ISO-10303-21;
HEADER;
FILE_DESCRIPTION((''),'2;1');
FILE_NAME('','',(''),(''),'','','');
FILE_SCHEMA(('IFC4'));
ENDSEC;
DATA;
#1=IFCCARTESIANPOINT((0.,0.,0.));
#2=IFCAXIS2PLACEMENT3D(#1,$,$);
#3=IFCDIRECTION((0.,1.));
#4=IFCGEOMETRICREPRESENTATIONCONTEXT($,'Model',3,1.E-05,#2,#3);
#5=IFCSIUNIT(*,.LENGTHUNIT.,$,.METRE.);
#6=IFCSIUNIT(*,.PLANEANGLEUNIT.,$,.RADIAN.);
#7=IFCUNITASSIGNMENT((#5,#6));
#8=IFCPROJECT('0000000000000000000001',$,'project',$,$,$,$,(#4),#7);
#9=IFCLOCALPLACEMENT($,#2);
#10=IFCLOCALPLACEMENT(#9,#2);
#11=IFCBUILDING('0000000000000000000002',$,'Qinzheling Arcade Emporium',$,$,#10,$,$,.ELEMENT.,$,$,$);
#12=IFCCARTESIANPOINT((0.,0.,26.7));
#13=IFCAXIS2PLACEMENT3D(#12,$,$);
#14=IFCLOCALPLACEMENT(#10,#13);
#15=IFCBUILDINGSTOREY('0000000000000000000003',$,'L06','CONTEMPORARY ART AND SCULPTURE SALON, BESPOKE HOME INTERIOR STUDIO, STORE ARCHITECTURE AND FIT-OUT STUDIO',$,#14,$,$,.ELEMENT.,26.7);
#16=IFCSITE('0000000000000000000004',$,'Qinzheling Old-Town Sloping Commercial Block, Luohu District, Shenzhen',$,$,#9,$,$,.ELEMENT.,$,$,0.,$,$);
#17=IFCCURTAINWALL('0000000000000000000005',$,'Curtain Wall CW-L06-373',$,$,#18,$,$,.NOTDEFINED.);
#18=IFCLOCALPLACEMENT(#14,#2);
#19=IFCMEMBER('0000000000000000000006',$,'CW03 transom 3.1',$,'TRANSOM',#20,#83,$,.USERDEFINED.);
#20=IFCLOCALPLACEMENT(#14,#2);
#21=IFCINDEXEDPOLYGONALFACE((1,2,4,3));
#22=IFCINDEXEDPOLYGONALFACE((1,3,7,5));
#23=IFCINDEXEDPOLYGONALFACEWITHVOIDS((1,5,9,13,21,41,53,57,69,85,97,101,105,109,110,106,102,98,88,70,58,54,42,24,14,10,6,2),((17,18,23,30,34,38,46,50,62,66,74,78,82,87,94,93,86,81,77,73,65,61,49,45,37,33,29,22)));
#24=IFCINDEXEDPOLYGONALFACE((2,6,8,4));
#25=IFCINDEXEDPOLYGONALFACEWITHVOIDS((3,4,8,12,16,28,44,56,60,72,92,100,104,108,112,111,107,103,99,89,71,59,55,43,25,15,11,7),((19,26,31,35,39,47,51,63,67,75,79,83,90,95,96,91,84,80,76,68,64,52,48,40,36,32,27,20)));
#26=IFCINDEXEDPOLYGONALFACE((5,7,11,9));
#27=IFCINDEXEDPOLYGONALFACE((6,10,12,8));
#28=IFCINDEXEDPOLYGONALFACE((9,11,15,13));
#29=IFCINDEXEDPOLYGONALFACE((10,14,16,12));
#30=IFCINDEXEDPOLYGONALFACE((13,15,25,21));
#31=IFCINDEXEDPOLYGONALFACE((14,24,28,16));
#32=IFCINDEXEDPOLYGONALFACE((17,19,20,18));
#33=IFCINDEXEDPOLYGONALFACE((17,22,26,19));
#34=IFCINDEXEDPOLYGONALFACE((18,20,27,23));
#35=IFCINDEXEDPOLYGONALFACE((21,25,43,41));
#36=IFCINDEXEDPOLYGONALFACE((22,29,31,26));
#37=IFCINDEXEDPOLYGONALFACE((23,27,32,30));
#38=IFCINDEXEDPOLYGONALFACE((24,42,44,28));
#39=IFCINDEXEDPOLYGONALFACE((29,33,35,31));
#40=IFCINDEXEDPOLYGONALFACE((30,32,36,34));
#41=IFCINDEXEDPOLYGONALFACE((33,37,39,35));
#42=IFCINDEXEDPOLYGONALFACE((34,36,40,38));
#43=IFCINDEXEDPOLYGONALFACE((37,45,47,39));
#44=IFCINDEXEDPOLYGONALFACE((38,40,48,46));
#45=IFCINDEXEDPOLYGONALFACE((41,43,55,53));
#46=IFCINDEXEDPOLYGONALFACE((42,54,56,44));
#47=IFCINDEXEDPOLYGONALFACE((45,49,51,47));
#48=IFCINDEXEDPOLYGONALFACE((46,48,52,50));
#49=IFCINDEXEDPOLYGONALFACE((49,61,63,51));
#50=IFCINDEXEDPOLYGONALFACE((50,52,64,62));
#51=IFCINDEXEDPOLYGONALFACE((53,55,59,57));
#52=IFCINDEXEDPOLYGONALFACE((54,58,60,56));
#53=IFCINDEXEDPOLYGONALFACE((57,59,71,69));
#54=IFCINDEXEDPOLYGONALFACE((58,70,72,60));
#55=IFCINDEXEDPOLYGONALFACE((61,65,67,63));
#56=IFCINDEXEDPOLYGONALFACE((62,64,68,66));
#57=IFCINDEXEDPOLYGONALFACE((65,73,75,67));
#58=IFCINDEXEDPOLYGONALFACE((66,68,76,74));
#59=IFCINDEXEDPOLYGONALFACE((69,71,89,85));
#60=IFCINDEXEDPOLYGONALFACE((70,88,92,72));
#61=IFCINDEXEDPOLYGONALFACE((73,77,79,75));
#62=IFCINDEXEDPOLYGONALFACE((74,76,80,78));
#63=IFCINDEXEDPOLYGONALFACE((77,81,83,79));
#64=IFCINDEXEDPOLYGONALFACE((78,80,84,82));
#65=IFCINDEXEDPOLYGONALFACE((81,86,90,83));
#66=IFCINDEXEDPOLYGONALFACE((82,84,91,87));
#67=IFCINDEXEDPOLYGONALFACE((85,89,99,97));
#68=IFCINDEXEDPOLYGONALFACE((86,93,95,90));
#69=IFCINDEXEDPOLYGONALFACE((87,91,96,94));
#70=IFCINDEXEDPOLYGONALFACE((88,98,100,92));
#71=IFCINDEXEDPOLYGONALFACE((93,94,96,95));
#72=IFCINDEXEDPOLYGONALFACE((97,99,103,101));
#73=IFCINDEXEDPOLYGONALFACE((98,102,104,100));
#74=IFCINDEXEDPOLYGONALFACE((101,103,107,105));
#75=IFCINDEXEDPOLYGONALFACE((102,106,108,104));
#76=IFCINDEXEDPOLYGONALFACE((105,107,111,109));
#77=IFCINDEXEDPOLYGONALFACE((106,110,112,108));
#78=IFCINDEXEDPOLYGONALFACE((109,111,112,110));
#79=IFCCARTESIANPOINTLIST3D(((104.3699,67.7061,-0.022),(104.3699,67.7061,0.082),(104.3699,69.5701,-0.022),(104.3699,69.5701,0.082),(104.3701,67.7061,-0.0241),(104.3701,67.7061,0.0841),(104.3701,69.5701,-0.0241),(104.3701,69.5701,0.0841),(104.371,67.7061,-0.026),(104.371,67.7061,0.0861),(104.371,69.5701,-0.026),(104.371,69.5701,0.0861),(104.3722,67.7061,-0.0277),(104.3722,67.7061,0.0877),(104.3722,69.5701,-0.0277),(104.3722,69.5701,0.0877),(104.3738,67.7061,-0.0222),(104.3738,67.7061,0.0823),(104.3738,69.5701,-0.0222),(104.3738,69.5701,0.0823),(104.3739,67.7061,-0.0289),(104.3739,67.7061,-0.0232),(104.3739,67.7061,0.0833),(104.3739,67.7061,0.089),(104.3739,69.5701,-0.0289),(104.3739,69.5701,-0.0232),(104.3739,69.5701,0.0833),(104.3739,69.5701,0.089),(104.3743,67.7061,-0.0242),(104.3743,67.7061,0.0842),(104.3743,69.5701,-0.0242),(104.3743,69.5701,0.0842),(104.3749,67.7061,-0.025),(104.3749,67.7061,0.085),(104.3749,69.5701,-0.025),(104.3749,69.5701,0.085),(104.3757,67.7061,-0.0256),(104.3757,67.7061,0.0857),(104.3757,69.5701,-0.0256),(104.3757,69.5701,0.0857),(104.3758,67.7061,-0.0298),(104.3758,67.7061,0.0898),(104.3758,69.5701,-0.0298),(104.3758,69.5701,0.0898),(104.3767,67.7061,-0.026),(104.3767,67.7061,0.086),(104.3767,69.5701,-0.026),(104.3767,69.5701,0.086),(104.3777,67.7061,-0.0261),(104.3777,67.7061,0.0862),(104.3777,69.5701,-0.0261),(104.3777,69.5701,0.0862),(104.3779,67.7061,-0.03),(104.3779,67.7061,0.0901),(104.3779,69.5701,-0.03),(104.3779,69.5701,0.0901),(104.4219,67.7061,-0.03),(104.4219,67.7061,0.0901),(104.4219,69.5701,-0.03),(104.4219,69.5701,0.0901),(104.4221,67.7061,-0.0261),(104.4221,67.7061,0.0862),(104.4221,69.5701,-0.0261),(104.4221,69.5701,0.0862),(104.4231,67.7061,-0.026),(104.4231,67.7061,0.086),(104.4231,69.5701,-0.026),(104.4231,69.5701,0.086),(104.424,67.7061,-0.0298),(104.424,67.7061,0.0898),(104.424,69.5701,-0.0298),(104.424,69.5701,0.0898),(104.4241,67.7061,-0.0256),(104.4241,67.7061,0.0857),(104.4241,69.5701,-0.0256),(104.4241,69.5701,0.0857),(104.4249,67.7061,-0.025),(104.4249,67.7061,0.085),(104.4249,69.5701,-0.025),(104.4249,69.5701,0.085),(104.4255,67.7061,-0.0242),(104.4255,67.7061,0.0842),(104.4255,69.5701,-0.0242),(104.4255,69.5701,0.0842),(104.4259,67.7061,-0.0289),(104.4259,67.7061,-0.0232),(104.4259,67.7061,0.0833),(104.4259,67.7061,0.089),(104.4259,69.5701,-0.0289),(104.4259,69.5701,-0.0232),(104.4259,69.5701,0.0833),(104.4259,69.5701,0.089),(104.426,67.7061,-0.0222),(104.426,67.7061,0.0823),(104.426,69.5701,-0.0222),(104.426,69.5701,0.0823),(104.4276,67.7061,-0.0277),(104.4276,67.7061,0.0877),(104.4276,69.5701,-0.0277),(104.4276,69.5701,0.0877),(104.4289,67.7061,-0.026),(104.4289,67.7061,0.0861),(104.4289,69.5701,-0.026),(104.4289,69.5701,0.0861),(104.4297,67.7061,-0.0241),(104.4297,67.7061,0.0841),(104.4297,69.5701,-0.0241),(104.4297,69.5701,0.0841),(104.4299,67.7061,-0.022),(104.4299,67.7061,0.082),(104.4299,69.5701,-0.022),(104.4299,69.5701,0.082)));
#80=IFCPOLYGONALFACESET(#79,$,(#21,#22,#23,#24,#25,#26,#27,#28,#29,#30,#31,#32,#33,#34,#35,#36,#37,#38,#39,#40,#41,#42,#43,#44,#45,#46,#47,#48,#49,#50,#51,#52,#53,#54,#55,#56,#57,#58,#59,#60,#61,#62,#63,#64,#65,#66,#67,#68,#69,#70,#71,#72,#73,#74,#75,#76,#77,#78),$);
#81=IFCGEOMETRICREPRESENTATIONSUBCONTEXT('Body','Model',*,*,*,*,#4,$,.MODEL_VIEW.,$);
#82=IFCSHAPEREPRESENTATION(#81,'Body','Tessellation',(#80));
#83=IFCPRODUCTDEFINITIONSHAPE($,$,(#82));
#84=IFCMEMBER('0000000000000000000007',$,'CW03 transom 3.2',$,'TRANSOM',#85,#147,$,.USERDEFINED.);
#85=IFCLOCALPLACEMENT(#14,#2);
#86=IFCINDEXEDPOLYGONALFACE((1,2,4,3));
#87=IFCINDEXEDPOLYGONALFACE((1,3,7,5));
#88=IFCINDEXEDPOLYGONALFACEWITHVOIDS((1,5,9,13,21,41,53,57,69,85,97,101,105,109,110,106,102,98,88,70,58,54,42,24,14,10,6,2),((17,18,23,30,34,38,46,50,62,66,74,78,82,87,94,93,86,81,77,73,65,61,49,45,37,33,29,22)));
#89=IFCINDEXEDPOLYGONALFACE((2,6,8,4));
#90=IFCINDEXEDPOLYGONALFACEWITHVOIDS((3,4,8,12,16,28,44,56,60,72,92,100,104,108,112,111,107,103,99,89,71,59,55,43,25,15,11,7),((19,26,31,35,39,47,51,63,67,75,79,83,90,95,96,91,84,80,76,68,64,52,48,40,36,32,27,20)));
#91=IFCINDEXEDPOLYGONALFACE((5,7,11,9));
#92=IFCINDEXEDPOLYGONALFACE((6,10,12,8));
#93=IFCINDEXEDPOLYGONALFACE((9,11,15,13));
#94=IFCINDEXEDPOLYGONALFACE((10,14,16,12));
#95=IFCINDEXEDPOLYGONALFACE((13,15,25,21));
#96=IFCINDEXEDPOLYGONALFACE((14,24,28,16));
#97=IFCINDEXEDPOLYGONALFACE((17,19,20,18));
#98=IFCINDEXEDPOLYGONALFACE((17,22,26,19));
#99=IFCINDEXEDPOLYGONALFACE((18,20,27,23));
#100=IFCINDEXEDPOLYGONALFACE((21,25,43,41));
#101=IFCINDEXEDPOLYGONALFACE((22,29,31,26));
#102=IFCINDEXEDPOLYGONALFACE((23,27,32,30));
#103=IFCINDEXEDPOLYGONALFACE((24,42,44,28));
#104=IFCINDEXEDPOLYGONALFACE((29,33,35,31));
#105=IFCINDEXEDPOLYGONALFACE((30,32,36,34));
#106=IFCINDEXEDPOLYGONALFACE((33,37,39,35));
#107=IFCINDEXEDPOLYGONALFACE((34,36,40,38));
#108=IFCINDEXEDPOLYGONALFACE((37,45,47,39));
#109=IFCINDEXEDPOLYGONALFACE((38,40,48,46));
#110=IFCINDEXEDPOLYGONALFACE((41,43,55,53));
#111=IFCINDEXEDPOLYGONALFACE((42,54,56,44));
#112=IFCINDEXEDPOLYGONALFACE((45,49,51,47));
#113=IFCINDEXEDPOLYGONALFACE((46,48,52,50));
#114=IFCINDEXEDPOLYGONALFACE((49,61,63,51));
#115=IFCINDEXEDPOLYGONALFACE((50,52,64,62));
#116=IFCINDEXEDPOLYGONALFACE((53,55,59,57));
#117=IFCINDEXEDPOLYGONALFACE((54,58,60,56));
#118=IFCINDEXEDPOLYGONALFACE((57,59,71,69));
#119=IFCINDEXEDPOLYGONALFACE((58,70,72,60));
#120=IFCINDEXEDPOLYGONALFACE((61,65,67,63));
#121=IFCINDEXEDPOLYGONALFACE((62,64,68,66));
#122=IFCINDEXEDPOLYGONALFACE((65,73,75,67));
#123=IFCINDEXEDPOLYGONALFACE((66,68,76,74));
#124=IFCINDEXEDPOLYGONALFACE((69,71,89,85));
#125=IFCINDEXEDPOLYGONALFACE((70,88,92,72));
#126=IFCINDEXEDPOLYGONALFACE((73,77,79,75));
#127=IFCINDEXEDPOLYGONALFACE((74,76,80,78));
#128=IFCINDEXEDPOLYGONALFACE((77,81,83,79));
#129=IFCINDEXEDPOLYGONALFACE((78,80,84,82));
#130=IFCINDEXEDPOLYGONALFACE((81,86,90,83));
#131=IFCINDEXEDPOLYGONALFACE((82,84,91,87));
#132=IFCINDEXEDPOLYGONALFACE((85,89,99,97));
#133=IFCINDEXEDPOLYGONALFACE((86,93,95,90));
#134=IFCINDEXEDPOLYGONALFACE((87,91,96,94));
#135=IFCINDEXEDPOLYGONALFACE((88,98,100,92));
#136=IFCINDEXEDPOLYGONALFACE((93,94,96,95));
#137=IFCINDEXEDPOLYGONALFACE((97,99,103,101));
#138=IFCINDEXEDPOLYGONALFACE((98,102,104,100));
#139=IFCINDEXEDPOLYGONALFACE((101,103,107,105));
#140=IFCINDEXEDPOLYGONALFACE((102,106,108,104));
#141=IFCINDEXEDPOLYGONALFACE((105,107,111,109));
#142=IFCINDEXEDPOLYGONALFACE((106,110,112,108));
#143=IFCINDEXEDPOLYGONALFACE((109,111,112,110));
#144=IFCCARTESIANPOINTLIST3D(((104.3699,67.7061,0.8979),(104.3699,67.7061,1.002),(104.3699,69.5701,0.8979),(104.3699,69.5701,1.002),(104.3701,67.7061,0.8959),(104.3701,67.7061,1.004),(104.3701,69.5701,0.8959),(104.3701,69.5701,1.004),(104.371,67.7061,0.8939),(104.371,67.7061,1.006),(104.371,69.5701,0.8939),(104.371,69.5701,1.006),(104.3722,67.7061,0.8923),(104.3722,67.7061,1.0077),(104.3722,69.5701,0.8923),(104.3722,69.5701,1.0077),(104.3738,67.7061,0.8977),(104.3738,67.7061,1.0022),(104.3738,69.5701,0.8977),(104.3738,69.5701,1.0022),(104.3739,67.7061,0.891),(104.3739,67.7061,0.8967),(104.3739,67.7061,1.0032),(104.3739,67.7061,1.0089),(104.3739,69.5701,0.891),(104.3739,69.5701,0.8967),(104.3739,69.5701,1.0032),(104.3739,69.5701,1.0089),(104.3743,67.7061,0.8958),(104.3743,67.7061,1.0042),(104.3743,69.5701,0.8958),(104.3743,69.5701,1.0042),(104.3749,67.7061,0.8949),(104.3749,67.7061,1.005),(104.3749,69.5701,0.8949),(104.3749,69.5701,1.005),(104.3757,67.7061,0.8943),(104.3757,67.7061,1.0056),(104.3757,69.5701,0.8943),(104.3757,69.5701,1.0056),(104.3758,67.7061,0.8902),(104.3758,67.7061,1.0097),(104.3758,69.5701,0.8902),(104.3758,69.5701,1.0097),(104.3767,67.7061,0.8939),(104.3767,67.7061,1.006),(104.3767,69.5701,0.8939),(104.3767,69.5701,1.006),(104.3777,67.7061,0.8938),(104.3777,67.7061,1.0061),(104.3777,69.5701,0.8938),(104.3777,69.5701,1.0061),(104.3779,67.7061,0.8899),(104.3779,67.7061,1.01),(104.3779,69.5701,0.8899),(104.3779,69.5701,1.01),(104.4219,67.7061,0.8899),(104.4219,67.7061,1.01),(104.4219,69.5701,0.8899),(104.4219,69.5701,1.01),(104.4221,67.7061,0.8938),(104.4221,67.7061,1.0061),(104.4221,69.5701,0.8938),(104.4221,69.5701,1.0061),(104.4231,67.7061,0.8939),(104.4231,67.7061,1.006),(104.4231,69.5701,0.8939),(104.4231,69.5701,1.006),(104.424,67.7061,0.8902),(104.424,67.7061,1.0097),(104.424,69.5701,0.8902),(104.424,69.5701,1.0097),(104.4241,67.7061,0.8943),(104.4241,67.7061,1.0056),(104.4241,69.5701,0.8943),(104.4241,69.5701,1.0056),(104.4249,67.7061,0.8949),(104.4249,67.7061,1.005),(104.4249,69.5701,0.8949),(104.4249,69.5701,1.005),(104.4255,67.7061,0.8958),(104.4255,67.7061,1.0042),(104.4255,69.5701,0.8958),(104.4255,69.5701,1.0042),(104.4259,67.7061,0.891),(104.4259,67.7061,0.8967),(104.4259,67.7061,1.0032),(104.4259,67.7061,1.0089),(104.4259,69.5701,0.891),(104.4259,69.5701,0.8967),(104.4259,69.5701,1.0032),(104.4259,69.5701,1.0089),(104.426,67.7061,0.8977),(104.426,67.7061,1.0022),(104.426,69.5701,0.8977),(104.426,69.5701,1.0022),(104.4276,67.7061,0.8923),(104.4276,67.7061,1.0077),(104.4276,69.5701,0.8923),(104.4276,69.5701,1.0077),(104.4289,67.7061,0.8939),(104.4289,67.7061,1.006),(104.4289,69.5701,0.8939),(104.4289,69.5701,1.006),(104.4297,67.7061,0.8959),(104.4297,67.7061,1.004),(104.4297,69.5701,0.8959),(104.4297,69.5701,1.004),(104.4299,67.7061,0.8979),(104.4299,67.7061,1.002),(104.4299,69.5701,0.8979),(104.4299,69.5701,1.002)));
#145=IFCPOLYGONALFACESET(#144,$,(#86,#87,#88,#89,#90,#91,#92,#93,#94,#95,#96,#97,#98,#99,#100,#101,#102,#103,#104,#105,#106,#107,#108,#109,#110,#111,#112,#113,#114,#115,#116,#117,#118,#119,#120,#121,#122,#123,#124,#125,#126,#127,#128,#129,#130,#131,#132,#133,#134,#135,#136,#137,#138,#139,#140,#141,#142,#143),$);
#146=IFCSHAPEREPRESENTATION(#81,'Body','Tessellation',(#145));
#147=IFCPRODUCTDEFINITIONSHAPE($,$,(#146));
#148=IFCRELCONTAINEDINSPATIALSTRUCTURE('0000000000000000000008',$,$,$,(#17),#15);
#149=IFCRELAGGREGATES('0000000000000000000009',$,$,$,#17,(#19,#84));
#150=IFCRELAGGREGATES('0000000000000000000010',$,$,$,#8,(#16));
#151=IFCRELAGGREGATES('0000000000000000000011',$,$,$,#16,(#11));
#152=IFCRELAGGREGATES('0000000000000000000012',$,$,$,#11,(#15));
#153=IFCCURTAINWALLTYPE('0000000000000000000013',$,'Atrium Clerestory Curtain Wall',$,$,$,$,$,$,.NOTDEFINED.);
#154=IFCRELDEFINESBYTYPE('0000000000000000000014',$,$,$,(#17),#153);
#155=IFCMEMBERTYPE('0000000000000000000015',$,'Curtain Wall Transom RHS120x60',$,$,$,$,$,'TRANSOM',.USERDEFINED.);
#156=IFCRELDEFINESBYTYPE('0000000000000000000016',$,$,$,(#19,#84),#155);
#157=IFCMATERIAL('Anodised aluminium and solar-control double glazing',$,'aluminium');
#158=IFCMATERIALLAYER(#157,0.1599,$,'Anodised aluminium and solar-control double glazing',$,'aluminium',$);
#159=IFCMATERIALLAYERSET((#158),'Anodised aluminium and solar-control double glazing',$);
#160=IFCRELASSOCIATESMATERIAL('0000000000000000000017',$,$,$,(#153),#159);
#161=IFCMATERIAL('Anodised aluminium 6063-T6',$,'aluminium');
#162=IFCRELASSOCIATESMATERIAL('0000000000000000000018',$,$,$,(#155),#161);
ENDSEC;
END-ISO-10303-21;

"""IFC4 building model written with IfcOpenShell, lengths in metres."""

from ifc_helpers import new_model, si_unit, direction, frame, origin, origin_2d, place, context, subcontext, project, spatial, hollow_rectangle, extrude, material, layer, layer_set, material_profile, profile_set, type_object, element, aggregate, save


model = new_model("IFC4")

# Units and contexts
model_context = context("Model", 3, precision=1e-05, world=origin(), true_north=direction((0.0, 1.0)))
body_context = subcontext(model_context, "Body", "Model", "MODEL_VIEW")
ifc_project = project(units=[si_unit("LENGTHUNIT", "METRE"), si_unit("PLANEANGLEUNIT", "RADIAN")], contexts=[model_context])

# Site, building, storey
site_placement = place(None, origin())
site = spatial("IfcSite", under=ifc_project, at=site_placement, Name="Qinzheling Old-Town Sloping Commercial Block, Luohu District, Shenzhen", CompositionType="ELEMENT", RefElevation=0.0)
building_placement = place(site_placement, origin())
building = spatial("IfcBuilding", under=site, at=building_placement, Name="Qinzheling Arcade Emporium", CompositionType="ELEMENT")
storey_placement = place(building_placement, frame((0.0, 0.0, 26.7)))
storey = spatial("IfcBuildingStorey", under=building, at=storey_placement, Name="L06", Description="CONTEMPORARY ART AND SCULPTURE SALON, BESPOKE HOME INTERIOR STUDIO, STORE ARCHITECTURE AND FIT-OUT STUDIO", CompositionType="ELEMENT", Elevation=26.7)

# Curtain wall, members
ifc_material_1 = material(Name="Anodised aluminium and solar-control double glazing", Category="aluminium")
ifc_layer_1 = layer(ifc_material_1, 0.1599, Name="Anodised aluminium and solar-control double glazing", Category="aluminium")
ifc_layer_set_1 = layer_set([ifc_layer_1], Name="Anodised aluminium and solar-control double glazing")
curtain_wall_type = type_object("IfcCurtainWallType", Name="Atrium Clerestory Curtain Wall", PredefinedType="NOTDEFINED", material=ifc_layer_set_1)
curtain_wall_placement = place(storey_placement, origin())
curtain_wall = element("IfcCurtainWall", 1, at=curtain_wall_placement, inside=storey, type_object=curtain_wall_type, Name="Curtain Wall CW-L06-373", PredefinedType="NOTDEFINED")
ifc_material_2 = material(Name="Anodised aluminium 6063-T6", Category="aluminium")
ifc_material_profile_1 = material_profile(ifc_material_2, hollow_rectangle(XDim=0.0601, YDim=0.1201, WallThickness=0.0039, InnerFilletRadius=0.0039, OuterFilletRadius=0.0081, at=origin_2d()), Name="RHS 120x60x4", Category="aluminium")
ifc_profile_set_1 = profile_set([ifc_material_profile_1], Name="Anodised aluminium 6063-T6")
member_type_1 = type_object("IfcMemberType", Name="Curtain Wall Transom RHS120x60", ElementType="TRANSOM", PredefinedType="USERDEFINED", material=ifc_profile_set_1)
member_1_placement = place(storey_placement, frame((104.3999, 69.5701, 0.03), z_axis=(0.0, -1.0, 0.0), x_axis=(1.0, 0.0, 0.0)))
member_1 = element("IfcMember", 2, at=member_1_placement, type_object=member_type_1, Name="CW03 transom 3.1", ObjectType="TRANSOM", PredefinedType="USERDEFINED", context=body_context, shape_type="SweptSolid", body=[
    extrude(hollow_rectangle(XDim=0.0601, YDim=0.1201, WallThickness=0.0039, InnerFilletRadius=0.0039, OuterFilletRadius=0.0081, at=origin_2d()), origin(), (0.0, 0.0, 1.0), 1.864),
])
member_2_placement = place(storey_placement, frame((104.3999, 69.5701, 0.95), z_axis=(0.0, -1.0, 0.0), x_axis=(1.0, 0.0, 0.0)))
member_2 = element("IfcMember", 3, at=member_2_placement, type_object=member_type_1, Name="CW03 transom 3.2", ObjectType="TRANSOM", PredefinedType="USERDEFINED", context=body_context, shape_type="SweptSolid", body=[
    extrude(hollow_rectangle(XDim=0.0601, YDim=0.1201, WallThickness=0.0039, InnerFilletRadius=0.0039, OuterFilletRadius=0.0081, at=origin_2d()), origin(), (0.0, 0.0, 1.0), 1.864),
])
aggregate(curtain_wall, [member_1, member_2])

save(model, "model.ifc")
